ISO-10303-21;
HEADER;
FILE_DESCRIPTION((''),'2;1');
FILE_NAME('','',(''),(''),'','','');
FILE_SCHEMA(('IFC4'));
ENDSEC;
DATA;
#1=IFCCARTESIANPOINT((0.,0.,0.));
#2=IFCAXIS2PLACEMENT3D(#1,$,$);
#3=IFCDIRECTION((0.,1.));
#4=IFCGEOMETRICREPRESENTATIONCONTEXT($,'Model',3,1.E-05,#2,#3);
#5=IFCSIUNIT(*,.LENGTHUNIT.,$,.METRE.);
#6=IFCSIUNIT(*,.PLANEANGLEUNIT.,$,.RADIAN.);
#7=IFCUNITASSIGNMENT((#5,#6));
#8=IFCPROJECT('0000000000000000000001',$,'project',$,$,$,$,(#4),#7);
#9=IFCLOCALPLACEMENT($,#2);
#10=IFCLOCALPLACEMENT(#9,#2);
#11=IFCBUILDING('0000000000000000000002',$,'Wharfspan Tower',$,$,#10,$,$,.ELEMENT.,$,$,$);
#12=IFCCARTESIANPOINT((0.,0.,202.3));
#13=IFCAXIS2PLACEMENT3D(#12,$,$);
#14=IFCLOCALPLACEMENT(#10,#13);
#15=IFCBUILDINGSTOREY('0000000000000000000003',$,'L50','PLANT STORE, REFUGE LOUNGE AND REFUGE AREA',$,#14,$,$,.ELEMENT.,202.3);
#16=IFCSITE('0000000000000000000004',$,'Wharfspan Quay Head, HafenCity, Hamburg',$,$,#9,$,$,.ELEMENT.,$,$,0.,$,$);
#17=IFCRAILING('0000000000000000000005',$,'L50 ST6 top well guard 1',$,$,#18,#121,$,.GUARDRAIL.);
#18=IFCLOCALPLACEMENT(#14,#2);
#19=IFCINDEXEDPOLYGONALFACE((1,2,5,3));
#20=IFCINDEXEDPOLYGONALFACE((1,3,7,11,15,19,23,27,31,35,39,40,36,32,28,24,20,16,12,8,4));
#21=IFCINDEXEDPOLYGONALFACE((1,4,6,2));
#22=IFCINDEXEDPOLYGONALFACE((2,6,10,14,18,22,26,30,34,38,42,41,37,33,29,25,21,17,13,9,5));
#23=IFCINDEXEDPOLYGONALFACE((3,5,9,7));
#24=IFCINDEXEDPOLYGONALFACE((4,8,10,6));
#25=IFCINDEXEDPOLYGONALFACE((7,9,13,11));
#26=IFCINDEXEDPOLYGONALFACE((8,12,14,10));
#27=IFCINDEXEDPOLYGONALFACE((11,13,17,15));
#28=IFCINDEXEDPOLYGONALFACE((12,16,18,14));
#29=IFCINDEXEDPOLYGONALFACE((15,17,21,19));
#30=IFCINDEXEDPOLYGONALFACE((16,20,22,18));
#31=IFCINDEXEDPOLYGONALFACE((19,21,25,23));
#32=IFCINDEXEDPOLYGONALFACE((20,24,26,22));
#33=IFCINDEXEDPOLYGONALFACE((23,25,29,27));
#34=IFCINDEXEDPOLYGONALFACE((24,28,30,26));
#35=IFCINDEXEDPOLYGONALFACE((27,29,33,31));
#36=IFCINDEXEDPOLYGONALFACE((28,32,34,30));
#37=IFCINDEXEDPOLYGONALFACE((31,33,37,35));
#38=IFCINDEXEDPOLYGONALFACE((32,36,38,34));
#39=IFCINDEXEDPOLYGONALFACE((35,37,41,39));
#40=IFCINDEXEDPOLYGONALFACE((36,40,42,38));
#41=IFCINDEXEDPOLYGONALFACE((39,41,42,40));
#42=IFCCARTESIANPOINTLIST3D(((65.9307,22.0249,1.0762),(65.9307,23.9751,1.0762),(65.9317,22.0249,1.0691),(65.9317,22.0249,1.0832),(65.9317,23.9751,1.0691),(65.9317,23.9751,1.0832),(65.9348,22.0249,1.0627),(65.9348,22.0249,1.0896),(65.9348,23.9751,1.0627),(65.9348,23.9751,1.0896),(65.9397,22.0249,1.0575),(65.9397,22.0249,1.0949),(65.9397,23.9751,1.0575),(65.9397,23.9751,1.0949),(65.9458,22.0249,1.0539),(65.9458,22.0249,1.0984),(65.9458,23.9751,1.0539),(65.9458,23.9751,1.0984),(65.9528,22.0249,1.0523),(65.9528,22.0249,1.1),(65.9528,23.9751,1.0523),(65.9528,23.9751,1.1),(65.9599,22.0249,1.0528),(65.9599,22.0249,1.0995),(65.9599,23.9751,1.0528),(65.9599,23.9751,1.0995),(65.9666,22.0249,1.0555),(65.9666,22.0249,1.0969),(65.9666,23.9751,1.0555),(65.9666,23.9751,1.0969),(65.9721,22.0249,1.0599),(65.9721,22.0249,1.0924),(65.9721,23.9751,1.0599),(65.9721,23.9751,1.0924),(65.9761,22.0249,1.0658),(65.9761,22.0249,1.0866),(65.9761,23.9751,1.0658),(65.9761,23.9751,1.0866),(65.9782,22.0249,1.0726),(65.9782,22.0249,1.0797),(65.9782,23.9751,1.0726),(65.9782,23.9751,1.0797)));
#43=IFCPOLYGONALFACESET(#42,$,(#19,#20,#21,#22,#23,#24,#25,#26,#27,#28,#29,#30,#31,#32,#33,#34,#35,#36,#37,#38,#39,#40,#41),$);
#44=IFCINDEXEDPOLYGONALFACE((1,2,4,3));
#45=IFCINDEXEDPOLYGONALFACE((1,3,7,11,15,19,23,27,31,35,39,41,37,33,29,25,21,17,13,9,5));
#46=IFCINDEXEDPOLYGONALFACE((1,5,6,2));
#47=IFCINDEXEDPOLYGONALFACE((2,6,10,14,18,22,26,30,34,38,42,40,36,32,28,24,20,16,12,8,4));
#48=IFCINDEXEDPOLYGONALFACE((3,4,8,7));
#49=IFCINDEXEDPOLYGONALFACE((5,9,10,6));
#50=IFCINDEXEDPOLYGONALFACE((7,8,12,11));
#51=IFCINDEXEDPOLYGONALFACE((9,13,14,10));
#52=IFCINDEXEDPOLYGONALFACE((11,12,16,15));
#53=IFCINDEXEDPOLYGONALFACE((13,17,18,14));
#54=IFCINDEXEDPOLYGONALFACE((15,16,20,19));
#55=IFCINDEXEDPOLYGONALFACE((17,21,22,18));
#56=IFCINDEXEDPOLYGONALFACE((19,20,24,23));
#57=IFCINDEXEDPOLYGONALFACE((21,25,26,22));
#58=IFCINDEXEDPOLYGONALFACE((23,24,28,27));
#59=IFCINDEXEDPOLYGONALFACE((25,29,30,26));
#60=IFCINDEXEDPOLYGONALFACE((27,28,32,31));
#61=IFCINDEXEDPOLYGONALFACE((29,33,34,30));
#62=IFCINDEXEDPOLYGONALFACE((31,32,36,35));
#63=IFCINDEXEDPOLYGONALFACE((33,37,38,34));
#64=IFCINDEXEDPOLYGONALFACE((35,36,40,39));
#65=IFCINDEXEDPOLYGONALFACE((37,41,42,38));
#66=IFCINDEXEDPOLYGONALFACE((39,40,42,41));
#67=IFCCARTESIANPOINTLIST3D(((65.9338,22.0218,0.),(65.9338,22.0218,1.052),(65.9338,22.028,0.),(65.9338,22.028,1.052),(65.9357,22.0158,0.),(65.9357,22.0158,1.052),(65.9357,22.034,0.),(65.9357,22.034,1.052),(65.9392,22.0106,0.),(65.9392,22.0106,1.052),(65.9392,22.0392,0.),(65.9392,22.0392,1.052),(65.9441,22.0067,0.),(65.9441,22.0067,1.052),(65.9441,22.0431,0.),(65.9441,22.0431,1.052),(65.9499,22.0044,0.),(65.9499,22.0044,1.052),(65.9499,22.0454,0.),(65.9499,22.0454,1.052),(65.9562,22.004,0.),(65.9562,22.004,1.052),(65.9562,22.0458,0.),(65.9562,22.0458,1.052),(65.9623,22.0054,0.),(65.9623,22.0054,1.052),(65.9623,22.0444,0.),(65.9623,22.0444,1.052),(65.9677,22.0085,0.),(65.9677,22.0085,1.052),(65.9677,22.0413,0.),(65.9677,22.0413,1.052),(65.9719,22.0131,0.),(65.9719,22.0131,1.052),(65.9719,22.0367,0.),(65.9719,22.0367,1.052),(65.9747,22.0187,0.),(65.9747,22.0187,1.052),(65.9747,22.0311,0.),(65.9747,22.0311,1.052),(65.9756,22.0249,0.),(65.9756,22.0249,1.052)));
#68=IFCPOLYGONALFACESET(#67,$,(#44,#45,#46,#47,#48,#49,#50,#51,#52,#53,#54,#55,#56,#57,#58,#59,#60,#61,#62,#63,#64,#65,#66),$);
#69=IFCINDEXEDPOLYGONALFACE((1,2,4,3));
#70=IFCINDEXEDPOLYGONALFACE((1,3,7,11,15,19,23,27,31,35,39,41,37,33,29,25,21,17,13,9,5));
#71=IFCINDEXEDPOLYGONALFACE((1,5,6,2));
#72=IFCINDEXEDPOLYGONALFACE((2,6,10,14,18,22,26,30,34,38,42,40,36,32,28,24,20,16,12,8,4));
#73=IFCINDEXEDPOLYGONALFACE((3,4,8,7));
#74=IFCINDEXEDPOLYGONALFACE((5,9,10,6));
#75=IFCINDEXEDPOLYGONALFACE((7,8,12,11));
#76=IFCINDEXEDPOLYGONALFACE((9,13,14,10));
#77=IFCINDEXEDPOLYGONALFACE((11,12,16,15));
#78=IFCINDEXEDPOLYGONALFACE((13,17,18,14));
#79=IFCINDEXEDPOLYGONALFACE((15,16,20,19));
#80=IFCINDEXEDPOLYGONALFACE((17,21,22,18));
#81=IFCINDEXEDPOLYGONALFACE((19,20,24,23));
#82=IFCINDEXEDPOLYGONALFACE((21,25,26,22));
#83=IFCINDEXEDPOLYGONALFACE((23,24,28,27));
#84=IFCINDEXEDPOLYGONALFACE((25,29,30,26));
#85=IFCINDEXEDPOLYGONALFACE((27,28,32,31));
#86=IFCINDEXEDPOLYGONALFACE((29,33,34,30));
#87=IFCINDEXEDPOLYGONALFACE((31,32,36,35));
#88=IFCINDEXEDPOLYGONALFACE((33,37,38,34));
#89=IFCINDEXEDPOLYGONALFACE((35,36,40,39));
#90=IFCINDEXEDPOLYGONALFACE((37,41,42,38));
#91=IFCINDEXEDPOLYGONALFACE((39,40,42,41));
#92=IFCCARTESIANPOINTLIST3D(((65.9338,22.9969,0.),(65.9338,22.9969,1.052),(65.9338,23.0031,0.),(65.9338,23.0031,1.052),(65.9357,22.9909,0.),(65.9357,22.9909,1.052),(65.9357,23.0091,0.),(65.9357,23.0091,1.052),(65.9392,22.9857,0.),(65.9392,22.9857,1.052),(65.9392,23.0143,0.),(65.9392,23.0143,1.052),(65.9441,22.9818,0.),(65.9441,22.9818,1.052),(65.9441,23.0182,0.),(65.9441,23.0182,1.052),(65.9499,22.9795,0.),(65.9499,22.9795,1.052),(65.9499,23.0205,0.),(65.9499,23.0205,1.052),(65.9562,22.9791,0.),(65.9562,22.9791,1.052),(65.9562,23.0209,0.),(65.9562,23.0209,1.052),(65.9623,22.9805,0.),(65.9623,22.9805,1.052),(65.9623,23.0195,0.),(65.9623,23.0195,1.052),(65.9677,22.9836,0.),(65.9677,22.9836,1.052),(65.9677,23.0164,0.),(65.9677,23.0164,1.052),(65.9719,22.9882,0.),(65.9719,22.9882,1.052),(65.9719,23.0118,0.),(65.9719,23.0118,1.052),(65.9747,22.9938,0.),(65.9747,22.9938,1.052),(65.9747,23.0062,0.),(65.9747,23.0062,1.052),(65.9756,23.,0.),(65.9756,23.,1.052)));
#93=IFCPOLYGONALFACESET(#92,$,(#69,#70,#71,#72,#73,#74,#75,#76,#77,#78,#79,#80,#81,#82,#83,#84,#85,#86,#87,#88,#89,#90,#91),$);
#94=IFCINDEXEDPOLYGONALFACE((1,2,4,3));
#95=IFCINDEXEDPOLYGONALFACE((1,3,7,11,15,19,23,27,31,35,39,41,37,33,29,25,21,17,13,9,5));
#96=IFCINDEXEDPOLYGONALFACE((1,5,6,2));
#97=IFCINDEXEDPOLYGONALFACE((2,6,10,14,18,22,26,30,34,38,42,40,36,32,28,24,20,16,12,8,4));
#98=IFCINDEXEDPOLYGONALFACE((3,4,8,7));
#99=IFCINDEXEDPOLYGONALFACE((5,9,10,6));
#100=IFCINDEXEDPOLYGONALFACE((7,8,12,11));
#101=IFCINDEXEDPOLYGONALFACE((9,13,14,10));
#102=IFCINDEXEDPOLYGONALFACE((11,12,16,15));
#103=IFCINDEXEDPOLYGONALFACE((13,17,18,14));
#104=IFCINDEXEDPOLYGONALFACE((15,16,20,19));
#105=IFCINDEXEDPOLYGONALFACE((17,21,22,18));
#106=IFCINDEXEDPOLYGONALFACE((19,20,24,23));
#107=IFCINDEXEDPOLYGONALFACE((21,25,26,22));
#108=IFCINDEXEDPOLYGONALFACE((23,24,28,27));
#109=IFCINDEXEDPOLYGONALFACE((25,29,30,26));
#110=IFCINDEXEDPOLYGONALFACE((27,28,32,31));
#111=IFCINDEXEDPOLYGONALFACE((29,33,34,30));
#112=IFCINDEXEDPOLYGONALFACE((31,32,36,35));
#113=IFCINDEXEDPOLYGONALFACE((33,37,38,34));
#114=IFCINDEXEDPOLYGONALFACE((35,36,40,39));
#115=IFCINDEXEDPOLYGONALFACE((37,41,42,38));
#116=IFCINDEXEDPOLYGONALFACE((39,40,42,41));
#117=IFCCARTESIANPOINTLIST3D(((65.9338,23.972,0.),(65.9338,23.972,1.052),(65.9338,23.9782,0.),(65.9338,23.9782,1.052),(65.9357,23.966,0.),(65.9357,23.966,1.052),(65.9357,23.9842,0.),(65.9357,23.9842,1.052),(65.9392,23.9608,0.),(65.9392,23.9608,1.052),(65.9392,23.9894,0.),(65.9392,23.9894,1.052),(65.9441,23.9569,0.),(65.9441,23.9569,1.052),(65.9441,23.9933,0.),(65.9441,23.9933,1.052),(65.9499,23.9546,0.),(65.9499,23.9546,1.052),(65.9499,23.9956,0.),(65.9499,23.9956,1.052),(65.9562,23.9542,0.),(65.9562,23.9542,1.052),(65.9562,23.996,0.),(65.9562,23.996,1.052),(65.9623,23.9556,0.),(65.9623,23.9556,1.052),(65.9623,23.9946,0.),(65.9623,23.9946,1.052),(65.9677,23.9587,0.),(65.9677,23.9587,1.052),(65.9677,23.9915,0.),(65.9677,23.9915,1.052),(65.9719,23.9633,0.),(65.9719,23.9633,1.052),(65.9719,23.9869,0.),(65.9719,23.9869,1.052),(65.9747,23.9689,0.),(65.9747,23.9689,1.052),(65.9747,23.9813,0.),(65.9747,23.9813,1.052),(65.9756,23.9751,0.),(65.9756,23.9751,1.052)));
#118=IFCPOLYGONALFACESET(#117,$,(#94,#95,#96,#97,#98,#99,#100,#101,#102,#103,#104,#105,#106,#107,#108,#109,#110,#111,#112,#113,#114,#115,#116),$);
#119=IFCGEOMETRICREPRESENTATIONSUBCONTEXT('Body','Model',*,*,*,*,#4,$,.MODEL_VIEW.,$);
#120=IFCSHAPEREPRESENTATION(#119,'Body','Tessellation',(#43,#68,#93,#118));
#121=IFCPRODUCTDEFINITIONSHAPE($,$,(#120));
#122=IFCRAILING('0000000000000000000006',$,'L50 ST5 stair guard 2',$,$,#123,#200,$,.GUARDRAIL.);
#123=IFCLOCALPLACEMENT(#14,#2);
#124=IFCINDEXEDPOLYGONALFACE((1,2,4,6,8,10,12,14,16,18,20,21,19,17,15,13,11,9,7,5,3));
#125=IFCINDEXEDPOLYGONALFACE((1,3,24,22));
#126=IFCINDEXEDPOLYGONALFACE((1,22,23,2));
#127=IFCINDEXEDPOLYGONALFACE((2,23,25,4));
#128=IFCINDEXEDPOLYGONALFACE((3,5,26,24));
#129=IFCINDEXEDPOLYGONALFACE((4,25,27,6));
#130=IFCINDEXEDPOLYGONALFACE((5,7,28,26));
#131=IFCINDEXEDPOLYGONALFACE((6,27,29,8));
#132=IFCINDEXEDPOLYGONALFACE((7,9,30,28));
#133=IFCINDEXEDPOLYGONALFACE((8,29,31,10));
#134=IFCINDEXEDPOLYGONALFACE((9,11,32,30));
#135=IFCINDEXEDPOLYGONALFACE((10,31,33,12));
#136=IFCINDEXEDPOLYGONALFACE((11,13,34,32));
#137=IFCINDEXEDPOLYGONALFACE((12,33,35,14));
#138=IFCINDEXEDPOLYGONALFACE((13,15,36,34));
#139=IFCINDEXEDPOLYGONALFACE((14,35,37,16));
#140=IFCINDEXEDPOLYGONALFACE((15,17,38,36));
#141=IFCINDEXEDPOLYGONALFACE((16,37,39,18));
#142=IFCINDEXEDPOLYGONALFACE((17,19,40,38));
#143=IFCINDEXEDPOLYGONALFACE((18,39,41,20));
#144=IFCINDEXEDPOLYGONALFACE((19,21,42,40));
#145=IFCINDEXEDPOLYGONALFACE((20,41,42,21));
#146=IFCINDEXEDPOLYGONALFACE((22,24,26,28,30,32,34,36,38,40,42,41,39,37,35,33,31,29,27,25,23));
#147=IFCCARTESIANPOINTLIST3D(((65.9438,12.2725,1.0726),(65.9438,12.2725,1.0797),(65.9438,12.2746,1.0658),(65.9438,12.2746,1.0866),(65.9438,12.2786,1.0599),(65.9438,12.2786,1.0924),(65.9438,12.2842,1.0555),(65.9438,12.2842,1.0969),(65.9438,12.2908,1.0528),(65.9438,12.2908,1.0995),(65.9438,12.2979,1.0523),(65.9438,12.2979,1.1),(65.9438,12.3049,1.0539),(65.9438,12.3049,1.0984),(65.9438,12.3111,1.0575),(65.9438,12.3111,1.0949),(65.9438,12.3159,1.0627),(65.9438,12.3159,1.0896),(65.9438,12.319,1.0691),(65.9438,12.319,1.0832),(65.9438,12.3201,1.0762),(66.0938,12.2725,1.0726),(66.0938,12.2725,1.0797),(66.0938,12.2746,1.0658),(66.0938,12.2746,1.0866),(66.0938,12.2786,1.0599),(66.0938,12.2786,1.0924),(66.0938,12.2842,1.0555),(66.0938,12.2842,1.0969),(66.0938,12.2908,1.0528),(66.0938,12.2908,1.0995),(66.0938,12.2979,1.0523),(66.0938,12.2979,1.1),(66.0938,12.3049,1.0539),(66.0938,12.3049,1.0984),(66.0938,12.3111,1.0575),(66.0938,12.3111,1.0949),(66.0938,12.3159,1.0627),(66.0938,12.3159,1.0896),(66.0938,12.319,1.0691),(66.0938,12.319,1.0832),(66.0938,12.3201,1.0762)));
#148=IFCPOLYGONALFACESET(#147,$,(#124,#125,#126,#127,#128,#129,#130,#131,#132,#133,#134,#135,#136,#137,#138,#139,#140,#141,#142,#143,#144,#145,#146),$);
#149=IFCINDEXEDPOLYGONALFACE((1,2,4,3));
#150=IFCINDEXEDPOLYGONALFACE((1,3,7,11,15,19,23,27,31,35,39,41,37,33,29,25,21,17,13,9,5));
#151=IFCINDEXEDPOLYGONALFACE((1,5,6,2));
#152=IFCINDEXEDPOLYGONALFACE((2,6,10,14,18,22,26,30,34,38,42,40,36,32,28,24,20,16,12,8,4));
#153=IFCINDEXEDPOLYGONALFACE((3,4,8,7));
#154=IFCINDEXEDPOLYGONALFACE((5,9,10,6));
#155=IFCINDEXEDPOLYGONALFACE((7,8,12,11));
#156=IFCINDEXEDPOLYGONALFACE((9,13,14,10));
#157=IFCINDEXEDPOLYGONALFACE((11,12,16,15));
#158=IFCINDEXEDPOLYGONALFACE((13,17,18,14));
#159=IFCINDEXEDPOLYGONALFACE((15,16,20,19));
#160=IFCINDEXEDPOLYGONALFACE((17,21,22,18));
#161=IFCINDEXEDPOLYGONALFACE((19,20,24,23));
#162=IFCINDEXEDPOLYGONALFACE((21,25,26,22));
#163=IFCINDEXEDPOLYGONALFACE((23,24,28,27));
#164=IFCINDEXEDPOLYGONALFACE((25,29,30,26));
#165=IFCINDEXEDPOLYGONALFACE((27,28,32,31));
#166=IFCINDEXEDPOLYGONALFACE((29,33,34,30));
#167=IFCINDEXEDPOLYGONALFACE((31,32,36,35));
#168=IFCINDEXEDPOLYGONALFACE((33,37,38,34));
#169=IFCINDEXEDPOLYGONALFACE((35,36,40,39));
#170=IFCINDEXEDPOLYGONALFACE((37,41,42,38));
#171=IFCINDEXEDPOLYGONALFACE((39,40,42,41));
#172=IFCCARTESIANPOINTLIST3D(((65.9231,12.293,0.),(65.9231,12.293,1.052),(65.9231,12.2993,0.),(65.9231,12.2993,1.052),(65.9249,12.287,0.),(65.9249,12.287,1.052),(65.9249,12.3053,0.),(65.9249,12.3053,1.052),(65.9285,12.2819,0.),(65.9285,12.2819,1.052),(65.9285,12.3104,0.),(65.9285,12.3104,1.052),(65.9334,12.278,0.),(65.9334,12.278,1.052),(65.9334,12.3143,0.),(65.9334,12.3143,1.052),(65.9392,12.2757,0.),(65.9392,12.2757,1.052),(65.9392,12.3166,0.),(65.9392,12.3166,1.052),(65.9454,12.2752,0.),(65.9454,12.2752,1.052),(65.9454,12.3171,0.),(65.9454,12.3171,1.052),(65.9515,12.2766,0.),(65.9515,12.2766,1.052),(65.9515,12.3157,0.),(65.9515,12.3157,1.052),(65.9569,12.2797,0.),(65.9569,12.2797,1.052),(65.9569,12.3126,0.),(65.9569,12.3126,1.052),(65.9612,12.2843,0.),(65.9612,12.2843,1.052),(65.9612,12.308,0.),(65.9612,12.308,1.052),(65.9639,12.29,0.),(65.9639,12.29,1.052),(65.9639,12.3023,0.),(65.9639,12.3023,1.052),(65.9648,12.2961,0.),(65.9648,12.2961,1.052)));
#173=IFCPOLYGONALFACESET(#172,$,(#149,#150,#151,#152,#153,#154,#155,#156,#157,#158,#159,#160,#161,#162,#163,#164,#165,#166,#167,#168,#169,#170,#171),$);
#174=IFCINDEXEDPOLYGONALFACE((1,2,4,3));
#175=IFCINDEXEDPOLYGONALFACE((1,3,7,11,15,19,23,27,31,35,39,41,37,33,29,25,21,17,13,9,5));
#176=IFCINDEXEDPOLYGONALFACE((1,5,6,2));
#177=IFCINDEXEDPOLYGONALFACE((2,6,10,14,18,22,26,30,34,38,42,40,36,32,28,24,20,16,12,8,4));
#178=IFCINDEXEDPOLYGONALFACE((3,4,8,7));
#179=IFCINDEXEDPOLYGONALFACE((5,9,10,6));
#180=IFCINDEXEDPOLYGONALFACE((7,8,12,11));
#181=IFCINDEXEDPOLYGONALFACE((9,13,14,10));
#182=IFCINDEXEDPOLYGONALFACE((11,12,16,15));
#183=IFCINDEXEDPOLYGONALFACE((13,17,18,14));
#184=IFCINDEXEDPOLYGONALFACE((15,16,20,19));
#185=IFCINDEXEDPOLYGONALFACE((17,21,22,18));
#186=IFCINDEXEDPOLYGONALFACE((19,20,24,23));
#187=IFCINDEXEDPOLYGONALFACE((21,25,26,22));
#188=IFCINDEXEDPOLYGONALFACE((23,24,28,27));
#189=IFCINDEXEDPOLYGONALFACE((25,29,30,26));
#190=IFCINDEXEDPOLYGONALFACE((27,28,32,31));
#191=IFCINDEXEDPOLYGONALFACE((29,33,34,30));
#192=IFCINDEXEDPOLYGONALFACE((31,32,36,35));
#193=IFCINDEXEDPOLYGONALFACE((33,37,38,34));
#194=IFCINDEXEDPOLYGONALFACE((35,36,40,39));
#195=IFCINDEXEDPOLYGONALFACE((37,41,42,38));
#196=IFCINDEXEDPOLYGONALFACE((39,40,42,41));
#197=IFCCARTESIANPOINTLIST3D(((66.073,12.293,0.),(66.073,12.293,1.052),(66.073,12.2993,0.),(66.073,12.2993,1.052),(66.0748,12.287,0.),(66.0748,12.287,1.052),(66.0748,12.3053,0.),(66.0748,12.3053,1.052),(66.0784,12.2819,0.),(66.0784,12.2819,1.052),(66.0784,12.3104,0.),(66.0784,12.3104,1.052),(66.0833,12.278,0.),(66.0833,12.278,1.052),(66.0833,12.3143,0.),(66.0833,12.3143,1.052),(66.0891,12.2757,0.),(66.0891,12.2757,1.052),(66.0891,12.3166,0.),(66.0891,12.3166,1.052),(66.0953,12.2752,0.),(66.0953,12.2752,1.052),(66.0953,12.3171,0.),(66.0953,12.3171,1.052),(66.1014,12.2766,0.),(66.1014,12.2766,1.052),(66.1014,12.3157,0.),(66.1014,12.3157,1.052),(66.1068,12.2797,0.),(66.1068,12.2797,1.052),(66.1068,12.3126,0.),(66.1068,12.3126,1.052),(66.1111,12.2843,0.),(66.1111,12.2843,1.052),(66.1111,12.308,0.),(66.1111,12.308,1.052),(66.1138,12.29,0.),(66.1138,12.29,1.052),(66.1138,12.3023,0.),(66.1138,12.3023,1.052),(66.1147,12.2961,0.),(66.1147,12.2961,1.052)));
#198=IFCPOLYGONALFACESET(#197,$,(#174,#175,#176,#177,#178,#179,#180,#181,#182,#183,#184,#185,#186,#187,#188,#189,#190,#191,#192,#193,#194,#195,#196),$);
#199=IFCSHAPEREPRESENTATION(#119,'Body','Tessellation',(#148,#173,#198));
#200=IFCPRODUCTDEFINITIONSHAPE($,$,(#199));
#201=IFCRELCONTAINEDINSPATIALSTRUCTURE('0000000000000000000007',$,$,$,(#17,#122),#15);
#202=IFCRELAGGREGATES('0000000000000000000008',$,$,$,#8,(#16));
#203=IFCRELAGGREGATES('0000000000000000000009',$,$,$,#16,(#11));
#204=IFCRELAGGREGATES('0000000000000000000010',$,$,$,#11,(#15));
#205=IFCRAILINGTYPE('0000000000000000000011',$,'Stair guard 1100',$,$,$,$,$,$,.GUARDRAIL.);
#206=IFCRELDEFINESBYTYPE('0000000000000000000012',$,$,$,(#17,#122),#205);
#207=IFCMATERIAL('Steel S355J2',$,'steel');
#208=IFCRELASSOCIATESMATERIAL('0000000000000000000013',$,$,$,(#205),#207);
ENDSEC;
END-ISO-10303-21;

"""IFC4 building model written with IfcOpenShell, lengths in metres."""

from ifc_helpers import new_model, si_unit, direction, frame, origin, origin_2d, place, context, subcontext, project, spatial, circle, extrude, material, type_object, element, save


model = new_model("IFC4")

# Units and contexts
model_context = context("Model", 3, precision=1e-05, world=origin(), true_north=direction((0.0, 1.0)))
body_context = subcontext(model_context, "Body", "Model", "MODEL_VIEW")
ifc_project = project(units=[si_unit("LENGTHUNIT", "METRE"), si_unit("PLANEANGLEUNIT", "RADIAN")], contexts=[model_context])

# Site, building, storey
site_placement = place(None, origin())
site = spatial("IfcSite", under=ifc_project, at=site_placement, Name="Wharfspan Quay Head, HafenCity, Hamburg", CompositionType="ELEMENT", RefElevation=0.0)
building_placement = place(site_placement, origin())
building = spatial("IfcBuilding", under=site, at=building_placement, Name="Wharfspan Tower", CompositionType="ELEMENT")
storey_placement = place(building_placement, frame((0.0, 0.0, 202.3)))
storey = spatial("IfcBuildingStorey", under=building, at=storey_placement, Name="L50", Description="PLANT STORE, REFUGE LOUNGE AND REFUGE AREA", CompositionType="ELEMENT", Elevation=202.3)

# Shared definitions
ifc_material_1 = material(Name="Steel S355J2", Category="steel")

# Railings
railing_type_1 = type_object("IfcRailingType", Name="Stair guard 1100", PredefinedType="GUARDRAIL", material=ifc_material_1)
railing_1_placement = place(storey_placement, frame((65.9546, 22.0249, 0.0)))
element("IfcRailing", 1, at=railing_1_placement, inside=storey, type_object=railing_type_1, Name="L50 ST6 top well guard 1", PredefinedType="GUARDRAIL", context=body_context, shape_type="SweptSolid", body=[
    extrude(circle(Radius=0.0239, at=origin_2d()), frame((0.0, 0.0, 1.0762), z_axis=(0.0, 1.0, 0.0), x_axis=(-1.0, 0.0, 0.0)), (0.0, 0.0, 1.0), 1.9502),
    extrude(circle(Radius=0.021, at=origin_2d()), origin(), (0.0, 0.0, 1.0), 1.052),
    extrude(circle(Radius=0.021, at=origin_2d()), frame((0.0, 0.9751, 0.0)), (0.0, 0.0, 1.0), 1.052),
    extrude(circle(Radius=0.021, at=origin_2d()), frame((0.0, 1.9502, 0.0)), (0.0, 0.0, 1.0), 1.052),
])
railing_2_placement = place(storey_placement, frame((65.9438, 12.2961, 0.0)))
element("IfcRailing", 2, at=railing_2_placement, inside=storey, type_object=railing_type_1, Name="L50 ST5 stair guard 2", PredefinedType="GUARDRAIL", context=body_context, shape_type="SweptSolid", body=[
    extrude(circle(Radius=0.0239, at=origin_2d()), frame((0.0, 0.0, 1.0762), z_axis=(1.0, 0.0, 0.0), x_axis=(0.0, 1.0, 0.0)), (0.0, 0.0, 1.0), 0.1499),
    extrude(circle(Radius=0.021, at=origin_2d()), origin(), (0.0, 0.0, 1.0), 1.052),
    extrude(circle(Radius=0.021, at=origin_2d()), frame((0.1499, 0.0, 0.0)), (0.0, 0.0, 1.0), 1.052),
])

save(model, "model.ifc")
